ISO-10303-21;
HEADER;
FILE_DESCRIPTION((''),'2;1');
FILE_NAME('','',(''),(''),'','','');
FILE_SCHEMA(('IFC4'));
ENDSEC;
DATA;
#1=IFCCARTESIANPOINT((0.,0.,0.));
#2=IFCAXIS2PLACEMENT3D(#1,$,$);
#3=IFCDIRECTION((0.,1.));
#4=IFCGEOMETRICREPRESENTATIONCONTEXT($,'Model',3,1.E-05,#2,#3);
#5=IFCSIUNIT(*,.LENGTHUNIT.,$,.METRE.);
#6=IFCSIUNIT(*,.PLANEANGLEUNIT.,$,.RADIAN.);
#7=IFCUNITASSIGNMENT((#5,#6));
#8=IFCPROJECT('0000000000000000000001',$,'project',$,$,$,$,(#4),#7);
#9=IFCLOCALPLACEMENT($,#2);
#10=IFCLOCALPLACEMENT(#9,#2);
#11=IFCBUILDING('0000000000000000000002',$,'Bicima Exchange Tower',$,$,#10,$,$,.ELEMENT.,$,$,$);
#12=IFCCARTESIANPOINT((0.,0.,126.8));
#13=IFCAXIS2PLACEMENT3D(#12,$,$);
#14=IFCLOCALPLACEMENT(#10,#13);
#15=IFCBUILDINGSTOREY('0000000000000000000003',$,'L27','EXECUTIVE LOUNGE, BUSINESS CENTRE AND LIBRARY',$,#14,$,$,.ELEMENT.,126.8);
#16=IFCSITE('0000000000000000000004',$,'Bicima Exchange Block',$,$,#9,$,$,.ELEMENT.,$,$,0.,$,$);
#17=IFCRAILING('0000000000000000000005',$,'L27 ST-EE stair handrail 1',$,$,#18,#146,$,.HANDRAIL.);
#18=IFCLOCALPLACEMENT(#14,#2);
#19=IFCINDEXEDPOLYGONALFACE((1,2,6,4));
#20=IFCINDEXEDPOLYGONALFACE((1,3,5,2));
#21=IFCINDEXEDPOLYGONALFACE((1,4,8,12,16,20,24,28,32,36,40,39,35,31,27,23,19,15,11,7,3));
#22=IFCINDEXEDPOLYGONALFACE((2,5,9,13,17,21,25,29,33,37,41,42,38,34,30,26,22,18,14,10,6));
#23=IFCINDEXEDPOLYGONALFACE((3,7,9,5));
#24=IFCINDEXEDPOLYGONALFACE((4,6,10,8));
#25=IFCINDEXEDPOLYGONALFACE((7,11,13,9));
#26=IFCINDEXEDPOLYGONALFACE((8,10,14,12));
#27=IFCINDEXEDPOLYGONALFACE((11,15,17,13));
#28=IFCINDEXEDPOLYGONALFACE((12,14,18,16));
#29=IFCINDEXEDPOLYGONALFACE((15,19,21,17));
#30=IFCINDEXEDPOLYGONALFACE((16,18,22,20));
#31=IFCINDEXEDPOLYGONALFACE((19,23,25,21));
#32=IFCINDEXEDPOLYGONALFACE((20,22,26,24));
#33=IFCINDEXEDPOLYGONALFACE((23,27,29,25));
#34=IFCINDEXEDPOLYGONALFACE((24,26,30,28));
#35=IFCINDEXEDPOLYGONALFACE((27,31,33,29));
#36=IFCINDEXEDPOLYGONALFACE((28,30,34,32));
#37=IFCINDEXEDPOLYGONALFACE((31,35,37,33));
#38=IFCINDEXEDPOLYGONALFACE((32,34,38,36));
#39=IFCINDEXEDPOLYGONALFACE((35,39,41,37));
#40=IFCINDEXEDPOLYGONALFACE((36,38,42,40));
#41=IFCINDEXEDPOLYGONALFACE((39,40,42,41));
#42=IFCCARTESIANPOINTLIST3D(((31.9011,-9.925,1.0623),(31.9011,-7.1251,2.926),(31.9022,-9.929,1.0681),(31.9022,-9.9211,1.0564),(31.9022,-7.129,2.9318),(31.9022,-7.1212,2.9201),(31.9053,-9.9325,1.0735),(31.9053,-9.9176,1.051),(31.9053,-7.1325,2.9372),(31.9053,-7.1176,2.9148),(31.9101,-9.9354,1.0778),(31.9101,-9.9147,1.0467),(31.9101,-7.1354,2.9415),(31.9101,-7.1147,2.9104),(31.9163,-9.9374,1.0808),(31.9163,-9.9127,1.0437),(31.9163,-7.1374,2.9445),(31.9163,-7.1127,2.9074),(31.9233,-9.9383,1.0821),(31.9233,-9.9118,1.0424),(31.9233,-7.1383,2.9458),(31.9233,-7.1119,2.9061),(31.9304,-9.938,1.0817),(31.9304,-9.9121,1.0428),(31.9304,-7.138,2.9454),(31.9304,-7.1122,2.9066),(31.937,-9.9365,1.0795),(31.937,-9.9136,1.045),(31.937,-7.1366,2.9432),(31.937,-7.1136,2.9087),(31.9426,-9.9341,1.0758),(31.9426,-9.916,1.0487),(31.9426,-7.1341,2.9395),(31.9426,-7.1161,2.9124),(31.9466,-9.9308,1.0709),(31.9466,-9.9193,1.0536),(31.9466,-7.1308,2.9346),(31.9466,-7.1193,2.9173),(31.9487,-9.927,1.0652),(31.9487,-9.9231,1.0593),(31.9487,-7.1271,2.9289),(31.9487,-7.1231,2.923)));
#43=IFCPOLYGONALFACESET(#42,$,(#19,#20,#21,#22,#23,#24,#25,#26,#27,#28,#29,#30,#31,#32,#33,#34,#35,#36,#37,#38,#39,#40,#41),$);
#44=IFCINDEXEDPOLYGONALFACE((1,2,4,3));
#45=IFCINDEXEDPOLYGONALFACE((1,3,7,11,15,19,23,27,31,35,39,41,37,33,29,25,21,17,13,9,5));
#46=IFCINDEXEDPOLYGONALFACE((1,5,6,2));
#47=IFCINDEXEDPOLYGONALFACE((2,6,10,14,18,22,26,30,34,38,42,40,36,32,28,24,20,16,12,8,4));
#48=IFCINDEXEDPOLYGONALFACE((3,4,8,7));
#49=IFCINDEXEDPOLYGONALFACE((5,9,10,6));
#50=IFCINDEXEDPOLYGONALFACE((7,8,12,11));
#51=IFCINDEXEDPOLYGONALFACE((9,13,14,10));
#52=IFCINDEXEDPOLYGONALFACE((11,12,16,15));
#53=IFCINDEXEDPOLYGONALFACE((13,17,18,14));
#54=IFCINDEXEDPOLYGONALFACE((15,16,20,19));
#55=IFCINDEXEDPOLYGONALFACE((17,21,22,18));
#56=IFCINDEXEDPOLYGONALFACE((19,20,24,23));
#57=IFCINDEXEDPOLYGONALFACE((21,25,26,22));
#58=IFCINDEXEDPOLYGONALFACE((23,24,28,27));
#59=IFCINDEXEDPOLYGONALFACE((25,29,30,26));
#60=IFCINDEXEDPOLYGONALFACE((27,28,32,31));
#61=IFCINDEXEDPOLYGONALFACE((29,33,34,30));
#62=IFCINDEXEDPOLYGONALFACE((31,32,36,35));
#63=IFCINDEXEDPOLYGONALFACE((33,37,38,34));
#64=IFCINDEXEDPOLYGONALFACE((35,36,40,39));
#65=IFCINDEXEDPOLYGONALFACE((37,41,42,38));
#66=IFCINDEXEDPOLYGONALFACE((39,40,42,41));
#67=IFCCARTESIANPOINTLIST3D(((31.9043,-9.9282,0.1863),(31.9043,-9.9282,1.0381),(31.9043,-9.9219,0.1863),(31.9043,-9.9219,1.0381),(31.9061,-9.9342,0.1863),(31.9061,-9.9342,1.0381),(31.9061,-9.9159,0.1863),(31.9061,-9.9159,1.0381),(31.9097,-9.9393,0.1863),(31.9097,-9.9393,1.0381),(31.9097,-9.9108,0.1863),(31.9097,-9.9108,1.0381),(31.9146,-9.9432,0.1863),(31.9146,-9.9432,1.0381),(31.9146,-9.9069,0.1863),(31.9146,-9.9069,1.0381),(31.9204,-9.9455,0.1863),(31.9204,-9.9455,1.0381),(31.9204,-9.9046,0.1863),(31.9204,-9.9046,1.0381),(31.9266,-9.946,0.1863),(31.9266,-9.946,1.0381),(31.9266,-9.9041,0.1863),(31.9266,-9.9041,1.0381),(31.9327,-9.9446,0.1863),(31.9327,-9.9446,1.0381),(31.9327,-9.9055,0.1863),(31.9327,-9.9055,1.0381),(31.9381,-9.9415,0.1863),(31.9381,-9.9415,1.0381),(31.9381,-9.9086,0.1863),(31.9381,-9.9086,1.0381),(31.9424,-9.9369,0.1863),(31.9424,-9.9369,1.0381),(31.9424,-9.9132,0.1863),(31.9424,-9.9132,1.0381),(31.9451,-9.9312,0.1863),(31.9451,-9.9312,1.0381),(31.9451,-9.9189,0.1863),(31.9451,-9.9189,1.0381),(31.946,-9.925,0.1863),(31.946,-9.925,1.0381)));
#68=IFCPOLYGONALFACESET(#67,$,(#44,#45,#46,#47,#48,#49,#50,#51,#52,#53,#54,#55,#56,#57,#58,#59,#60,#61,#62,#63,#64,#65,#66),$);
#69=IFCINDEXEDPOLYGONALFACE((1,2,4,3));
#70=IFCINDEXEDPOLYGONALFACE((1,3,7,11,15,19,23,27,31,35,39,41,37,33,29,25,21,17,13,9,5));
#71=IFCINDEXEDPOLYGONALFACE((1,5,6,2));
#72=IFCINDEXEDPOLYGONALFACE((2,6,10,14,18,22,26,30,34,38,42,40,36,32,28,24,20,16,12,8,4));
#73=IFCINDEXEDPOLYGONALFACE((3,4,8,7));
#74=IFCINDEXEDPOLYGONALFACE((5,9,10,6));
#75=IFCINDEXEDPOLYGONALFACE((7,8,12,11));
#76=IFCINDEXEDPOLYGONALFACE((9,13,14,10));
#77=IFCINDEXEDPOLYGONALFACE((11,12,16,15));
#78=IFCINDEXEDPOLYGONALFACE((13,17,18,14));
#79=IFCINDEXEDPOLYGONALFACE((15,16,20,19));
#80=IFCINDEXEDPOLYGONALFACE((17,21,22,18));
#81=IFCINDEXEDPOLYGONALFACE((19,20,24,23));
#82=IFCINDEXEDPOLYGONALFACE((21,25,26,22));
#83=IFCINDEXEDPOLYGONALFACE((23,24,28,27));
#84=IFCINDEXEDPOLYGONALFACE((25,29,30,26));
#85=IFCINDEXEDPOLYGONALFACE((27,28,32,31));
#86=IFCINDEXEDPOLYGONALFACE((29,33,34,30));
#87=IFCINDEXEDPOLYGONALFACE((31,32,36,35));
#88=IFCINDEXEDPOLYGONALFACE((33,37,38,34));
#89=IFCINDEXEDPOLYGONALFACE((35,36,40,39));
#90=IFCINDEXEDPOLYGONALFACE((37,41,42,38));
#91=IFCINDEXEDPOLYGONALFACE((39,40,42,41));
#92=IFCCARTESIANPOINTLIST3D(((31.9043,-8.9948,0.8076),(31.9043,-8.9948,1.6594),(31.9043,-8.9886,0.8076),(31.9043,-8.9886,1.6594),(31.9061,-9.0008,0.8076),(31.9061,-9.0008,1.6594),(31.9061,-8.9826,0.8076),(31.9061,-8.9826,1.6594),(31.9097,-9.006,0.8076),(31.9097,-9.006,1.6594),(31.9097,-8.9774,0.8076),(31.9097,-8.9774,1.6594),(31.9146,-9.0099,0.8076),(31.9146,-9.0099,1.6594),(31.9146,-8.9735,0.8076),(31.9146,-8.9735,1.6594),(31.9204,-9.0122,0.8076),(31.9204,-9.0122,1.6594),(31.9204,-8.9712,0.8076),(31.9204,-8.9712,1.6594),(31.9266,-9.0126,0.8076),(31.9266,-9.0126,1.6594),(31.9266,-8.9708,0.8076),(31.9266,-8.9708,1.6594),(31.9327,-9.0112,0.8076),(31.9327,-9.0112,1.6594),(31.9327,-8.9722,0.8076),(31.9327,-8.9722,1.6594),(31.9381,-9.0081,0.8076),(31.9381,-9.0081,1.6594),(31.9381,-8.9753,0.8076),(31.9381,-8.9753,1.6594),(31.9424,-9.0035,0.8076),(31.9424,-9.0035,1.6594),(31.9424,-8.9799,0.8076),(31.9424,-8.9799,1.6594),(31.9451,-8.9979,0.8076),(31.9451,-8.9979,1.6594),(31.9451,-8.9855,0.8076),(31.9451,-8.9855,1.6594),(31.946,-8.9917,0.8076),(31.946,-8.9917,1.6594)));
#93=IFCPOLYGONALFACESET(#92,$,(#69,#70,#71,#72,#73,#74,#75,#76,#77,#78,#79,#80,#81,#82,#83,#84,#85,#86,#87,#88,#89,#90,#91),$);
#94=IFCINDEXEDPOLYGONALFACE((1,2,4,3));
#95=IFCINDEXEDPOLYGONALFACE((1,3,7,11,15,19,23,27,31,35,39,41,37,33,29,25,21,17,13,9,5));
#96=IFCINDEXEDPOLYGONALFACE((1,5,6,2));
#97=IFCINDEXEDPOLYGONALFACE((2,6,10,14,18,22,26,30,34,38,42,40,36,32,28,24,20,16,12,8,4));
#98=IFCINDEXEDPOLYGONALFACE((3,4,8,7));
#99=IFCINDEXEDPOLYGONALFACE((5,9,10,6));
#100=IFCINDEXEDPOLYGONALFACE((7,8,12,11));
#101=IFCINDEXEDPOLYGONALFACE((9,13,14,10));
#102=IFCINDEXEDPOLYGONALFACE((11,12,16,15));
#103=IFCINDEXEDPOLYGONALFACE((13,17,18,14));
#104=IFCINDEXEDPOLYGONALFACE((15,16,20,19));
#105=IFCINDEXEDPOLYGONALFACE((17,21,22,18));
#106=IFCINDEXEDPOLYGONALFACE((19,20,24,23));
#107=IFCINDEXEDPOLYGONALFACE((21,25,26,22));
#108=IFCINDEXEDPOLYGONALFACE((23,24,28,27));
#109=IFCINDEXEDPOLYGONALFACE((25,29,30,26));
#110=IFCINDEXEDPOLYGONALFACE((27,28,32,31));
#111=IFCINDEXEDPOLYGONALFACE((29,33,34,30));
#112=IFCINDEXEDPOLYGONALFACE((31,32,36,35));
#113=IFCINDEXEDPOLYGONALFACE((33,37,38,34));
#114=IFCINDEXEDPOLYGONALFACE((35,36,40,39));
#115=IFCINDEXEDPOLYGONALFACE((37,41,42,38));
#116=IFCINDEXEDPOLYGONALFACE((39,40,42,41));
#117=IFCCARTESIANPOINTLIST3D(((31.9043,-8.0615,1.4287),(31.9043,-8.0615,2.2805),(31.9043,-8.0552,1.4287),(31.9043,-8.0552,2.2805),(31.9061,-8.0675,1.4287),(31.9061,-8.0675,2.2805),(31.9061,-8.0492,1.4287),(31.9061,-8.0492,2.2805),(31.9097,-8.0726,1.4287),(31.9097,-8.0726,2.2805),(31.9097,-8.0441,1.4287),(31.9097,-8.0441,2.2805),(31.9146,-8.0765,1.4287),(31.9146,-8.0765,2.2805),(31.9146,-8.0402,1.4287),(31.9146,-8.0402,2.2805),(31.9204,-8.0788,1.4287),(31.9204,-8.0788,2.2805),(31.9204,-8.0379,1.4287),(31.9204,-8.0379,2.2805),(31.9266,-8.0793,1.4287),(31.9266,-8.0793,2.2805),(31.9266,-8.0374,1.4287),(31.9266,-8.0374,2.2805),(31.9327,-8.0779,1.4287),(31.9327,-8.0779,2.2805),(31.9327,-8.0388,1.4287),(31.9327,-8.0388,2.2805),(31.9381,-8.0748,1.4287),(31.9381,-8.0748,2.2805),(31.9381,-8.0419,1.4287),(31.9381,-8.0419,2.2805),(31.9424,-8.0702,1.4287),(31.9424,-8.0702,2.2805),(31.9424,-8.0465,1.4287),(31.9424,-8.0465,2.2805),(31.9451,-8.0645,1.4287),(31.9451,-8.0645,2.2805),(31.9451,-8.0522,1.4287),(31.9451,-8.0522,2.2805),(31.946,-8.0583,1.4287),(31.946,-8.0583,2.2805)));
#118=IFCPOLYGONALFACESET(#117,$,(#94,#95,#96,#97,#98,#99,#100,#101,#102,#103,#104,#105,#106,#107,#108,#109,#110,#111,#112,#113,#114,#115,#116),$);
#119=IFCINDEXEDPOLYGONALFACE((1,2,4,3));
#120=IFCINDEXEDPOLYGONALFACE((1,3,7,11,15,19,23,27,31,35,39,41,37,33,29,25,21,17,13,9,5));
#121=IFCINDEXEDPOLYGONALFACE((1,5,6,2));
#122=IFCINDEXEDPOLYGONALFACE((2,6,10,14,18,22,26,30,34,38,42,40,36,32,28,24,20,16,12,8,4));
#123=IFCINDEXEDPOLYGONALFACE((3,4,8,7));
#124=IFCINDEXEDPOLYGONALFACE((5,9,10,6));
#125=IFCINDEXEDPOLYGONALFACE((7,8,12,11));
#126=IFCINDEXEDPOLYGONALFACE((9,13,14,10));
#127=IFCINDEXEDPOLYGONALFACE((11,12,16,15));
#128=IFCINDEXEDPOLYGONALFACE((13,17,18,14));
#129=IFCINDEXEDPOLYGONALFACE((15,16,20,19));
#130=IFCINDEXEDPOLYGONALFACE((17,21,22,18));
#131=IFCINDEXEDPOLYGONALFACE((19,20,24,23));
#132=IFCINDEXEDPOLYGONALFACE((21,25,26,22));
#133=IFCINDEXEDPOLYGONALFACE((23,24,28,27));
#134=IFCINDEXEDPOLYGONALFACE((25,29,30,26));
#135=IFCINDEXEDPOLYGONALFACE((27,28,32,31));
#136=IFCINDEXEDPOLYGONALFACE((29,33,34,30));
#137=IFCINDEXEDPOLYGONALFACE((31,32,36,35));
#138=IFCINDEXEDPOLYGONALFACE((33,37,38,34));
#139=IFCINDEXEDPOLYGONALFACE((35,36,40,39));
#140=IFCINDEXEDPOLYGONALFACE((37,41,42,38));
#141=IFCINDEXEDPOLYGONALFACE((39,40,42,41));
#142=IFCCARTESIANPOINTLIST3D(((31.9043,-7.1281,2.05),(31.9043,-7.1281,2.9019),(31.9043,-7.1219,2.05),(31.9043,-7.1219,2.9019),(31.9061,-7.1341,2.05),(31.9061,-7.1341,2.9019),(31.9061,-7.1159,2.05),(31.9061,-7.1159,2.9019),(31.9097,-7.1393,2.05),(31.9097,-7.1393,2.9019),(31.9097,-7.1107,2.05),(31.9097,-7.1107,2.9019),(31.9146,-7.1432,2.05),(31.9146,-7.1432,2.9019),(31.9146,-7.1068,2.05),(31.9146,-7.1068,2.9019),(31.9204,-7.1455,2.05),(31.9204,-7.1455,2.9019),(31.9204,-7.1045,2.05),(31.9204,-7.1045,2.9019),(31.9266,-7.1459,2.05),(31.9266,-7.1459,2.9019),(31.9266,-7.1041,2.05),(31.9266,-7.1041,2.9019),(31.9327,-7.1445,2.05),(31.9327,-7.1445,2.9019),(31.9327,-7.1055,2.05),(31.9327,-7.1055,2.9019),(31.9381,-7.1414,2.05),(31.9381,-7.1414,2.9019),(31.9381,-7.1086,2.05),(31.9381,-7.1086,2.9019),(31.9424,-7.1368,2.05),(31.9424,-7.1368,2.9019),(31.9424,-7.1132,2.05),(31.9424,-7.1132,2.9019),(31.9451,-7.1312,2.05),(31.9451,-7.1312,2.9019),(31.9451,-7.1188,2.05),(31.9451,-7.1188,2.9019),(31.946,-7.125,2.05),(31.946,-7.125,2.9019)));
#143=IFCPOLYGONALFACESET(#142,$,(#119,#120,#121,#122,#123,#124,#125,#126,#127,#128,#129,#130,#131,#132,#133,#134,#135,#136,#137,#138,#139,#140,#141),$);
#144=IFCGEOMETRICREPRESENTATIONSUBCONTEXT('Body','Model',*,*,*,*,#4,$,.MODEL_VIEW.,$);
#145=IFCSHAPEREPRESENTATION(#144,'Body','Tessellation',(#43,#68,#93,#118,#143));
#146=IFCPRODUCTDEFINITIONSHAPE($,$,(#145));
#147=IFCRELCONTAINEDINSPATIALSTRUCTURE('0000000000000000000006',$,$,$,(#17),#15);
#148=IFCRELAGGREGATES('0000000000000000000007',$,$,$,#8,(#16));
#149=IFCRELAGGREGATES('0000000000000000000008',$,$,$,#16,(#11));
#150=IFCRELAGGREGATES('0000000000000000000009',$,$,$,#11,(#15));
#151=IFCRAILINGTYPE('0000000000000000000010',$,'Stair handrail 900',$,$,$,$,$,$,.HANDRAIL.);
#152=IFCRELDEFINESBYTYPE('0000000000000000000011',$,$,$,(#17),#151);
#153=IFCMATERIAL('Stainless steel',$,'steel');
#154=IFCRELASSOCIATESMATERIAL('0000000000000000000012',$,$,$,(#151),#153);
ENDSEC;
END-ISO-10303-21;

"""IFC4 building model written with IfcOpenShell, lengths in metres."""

from ifc_helpers import new_model, si_unit, direction, frame, origin, origin_2d, place, context, subcontext, project, spatial, circle, extrude, material, type_object, element, save


model = new_model("IFC4")

# Units and contexts
model_context = context("Model", 3, precision=1e-05, world=origin(), true_north=direction((0.0, 1.0)))
body_context = subcontext(model_context, "Body", "Model", "MODEL_VIEW")
ifc_project = project(units=[si_unit("LENGTHUNIT", "METRE"), si_unit("PLANEANGLEUNIT", "RADIAN")], contexts=[model_context])

# Site, building, storey
site_placement = place(None, origin())
site = spatial("IfcSite", under=ifc_project, at=site_placement, Name="Bicima Exchange Block", CompositionType="ELEMENT", RefElevation=0.0)
building_placement = place(site_placement, origin())
building = spatial("IfcBuilding", under=site, at=building_placement, Name="Bicima Exchange Tower", CompositionType="ELEMENT")
storey_placement = place(building_placement, frame((0.0, 0.0, 126.8)))
storey = spatial("IfcBuildingStorey", under=building, at=storey_placement, Name="L27", Description="EXECUTIVE LOUNGE, BUSINESS CENTRE AND LIBRARY", CompositionType="ELEMENT", Elevation=126.8)

# Railing
ifc_material_1 = material(Name="Stainless steel", Category="steel")
railing_type_1 = type_object("IfcRailingType", Name="Stair handrail 900", PredefinedType="HANDRAIL", material=ifc_material_1)
railing_1_placement = place(storey_placement, frame((31.925, -9.925, 0.1863)))
element("IfcRailing", 1, at=railing_1_placement, inside=storey, type_object=railing_type_1, Name="L27 ST-EE stair handrail 1", PredefinedType="HANDRAIL", context=body_context, shape_type="SweptSolid", body=[
    extrude(circle(Radius=0.0239, at=origin_2d()), frame((0.0, 0.0, 0.876), z_axis=(0.0, 0.832452, 0.554097), x_axis=(-1.0, 0.0, 0.0)), (0.0, 0.0, 1.0), 3.3635),
    extrude(circle(Radius=0.021, at=origin_2d()), origin(), (0.0, 0.0, 1.0), 0.8518),
    extrude(circle(Radius=0.021, at=origin_2d()), frame((0.0, 0.9333, 0.6213)), (0.0, 0.0, 1.0), 0.8518),
    extrude(circle(Radius=0.021, at=origin_2d()), frame((0.0, 1.8667, 1.2424)), (0.0, 0.0, 1.0), 0.8518),
    extrude(circle(Radius=0.021, at=origin_2d()), frame((0.0, 2.8, 1.8638)), (0.0, 0.0, 1.0), 0.8518),
])

save(model, "model.ifc")
